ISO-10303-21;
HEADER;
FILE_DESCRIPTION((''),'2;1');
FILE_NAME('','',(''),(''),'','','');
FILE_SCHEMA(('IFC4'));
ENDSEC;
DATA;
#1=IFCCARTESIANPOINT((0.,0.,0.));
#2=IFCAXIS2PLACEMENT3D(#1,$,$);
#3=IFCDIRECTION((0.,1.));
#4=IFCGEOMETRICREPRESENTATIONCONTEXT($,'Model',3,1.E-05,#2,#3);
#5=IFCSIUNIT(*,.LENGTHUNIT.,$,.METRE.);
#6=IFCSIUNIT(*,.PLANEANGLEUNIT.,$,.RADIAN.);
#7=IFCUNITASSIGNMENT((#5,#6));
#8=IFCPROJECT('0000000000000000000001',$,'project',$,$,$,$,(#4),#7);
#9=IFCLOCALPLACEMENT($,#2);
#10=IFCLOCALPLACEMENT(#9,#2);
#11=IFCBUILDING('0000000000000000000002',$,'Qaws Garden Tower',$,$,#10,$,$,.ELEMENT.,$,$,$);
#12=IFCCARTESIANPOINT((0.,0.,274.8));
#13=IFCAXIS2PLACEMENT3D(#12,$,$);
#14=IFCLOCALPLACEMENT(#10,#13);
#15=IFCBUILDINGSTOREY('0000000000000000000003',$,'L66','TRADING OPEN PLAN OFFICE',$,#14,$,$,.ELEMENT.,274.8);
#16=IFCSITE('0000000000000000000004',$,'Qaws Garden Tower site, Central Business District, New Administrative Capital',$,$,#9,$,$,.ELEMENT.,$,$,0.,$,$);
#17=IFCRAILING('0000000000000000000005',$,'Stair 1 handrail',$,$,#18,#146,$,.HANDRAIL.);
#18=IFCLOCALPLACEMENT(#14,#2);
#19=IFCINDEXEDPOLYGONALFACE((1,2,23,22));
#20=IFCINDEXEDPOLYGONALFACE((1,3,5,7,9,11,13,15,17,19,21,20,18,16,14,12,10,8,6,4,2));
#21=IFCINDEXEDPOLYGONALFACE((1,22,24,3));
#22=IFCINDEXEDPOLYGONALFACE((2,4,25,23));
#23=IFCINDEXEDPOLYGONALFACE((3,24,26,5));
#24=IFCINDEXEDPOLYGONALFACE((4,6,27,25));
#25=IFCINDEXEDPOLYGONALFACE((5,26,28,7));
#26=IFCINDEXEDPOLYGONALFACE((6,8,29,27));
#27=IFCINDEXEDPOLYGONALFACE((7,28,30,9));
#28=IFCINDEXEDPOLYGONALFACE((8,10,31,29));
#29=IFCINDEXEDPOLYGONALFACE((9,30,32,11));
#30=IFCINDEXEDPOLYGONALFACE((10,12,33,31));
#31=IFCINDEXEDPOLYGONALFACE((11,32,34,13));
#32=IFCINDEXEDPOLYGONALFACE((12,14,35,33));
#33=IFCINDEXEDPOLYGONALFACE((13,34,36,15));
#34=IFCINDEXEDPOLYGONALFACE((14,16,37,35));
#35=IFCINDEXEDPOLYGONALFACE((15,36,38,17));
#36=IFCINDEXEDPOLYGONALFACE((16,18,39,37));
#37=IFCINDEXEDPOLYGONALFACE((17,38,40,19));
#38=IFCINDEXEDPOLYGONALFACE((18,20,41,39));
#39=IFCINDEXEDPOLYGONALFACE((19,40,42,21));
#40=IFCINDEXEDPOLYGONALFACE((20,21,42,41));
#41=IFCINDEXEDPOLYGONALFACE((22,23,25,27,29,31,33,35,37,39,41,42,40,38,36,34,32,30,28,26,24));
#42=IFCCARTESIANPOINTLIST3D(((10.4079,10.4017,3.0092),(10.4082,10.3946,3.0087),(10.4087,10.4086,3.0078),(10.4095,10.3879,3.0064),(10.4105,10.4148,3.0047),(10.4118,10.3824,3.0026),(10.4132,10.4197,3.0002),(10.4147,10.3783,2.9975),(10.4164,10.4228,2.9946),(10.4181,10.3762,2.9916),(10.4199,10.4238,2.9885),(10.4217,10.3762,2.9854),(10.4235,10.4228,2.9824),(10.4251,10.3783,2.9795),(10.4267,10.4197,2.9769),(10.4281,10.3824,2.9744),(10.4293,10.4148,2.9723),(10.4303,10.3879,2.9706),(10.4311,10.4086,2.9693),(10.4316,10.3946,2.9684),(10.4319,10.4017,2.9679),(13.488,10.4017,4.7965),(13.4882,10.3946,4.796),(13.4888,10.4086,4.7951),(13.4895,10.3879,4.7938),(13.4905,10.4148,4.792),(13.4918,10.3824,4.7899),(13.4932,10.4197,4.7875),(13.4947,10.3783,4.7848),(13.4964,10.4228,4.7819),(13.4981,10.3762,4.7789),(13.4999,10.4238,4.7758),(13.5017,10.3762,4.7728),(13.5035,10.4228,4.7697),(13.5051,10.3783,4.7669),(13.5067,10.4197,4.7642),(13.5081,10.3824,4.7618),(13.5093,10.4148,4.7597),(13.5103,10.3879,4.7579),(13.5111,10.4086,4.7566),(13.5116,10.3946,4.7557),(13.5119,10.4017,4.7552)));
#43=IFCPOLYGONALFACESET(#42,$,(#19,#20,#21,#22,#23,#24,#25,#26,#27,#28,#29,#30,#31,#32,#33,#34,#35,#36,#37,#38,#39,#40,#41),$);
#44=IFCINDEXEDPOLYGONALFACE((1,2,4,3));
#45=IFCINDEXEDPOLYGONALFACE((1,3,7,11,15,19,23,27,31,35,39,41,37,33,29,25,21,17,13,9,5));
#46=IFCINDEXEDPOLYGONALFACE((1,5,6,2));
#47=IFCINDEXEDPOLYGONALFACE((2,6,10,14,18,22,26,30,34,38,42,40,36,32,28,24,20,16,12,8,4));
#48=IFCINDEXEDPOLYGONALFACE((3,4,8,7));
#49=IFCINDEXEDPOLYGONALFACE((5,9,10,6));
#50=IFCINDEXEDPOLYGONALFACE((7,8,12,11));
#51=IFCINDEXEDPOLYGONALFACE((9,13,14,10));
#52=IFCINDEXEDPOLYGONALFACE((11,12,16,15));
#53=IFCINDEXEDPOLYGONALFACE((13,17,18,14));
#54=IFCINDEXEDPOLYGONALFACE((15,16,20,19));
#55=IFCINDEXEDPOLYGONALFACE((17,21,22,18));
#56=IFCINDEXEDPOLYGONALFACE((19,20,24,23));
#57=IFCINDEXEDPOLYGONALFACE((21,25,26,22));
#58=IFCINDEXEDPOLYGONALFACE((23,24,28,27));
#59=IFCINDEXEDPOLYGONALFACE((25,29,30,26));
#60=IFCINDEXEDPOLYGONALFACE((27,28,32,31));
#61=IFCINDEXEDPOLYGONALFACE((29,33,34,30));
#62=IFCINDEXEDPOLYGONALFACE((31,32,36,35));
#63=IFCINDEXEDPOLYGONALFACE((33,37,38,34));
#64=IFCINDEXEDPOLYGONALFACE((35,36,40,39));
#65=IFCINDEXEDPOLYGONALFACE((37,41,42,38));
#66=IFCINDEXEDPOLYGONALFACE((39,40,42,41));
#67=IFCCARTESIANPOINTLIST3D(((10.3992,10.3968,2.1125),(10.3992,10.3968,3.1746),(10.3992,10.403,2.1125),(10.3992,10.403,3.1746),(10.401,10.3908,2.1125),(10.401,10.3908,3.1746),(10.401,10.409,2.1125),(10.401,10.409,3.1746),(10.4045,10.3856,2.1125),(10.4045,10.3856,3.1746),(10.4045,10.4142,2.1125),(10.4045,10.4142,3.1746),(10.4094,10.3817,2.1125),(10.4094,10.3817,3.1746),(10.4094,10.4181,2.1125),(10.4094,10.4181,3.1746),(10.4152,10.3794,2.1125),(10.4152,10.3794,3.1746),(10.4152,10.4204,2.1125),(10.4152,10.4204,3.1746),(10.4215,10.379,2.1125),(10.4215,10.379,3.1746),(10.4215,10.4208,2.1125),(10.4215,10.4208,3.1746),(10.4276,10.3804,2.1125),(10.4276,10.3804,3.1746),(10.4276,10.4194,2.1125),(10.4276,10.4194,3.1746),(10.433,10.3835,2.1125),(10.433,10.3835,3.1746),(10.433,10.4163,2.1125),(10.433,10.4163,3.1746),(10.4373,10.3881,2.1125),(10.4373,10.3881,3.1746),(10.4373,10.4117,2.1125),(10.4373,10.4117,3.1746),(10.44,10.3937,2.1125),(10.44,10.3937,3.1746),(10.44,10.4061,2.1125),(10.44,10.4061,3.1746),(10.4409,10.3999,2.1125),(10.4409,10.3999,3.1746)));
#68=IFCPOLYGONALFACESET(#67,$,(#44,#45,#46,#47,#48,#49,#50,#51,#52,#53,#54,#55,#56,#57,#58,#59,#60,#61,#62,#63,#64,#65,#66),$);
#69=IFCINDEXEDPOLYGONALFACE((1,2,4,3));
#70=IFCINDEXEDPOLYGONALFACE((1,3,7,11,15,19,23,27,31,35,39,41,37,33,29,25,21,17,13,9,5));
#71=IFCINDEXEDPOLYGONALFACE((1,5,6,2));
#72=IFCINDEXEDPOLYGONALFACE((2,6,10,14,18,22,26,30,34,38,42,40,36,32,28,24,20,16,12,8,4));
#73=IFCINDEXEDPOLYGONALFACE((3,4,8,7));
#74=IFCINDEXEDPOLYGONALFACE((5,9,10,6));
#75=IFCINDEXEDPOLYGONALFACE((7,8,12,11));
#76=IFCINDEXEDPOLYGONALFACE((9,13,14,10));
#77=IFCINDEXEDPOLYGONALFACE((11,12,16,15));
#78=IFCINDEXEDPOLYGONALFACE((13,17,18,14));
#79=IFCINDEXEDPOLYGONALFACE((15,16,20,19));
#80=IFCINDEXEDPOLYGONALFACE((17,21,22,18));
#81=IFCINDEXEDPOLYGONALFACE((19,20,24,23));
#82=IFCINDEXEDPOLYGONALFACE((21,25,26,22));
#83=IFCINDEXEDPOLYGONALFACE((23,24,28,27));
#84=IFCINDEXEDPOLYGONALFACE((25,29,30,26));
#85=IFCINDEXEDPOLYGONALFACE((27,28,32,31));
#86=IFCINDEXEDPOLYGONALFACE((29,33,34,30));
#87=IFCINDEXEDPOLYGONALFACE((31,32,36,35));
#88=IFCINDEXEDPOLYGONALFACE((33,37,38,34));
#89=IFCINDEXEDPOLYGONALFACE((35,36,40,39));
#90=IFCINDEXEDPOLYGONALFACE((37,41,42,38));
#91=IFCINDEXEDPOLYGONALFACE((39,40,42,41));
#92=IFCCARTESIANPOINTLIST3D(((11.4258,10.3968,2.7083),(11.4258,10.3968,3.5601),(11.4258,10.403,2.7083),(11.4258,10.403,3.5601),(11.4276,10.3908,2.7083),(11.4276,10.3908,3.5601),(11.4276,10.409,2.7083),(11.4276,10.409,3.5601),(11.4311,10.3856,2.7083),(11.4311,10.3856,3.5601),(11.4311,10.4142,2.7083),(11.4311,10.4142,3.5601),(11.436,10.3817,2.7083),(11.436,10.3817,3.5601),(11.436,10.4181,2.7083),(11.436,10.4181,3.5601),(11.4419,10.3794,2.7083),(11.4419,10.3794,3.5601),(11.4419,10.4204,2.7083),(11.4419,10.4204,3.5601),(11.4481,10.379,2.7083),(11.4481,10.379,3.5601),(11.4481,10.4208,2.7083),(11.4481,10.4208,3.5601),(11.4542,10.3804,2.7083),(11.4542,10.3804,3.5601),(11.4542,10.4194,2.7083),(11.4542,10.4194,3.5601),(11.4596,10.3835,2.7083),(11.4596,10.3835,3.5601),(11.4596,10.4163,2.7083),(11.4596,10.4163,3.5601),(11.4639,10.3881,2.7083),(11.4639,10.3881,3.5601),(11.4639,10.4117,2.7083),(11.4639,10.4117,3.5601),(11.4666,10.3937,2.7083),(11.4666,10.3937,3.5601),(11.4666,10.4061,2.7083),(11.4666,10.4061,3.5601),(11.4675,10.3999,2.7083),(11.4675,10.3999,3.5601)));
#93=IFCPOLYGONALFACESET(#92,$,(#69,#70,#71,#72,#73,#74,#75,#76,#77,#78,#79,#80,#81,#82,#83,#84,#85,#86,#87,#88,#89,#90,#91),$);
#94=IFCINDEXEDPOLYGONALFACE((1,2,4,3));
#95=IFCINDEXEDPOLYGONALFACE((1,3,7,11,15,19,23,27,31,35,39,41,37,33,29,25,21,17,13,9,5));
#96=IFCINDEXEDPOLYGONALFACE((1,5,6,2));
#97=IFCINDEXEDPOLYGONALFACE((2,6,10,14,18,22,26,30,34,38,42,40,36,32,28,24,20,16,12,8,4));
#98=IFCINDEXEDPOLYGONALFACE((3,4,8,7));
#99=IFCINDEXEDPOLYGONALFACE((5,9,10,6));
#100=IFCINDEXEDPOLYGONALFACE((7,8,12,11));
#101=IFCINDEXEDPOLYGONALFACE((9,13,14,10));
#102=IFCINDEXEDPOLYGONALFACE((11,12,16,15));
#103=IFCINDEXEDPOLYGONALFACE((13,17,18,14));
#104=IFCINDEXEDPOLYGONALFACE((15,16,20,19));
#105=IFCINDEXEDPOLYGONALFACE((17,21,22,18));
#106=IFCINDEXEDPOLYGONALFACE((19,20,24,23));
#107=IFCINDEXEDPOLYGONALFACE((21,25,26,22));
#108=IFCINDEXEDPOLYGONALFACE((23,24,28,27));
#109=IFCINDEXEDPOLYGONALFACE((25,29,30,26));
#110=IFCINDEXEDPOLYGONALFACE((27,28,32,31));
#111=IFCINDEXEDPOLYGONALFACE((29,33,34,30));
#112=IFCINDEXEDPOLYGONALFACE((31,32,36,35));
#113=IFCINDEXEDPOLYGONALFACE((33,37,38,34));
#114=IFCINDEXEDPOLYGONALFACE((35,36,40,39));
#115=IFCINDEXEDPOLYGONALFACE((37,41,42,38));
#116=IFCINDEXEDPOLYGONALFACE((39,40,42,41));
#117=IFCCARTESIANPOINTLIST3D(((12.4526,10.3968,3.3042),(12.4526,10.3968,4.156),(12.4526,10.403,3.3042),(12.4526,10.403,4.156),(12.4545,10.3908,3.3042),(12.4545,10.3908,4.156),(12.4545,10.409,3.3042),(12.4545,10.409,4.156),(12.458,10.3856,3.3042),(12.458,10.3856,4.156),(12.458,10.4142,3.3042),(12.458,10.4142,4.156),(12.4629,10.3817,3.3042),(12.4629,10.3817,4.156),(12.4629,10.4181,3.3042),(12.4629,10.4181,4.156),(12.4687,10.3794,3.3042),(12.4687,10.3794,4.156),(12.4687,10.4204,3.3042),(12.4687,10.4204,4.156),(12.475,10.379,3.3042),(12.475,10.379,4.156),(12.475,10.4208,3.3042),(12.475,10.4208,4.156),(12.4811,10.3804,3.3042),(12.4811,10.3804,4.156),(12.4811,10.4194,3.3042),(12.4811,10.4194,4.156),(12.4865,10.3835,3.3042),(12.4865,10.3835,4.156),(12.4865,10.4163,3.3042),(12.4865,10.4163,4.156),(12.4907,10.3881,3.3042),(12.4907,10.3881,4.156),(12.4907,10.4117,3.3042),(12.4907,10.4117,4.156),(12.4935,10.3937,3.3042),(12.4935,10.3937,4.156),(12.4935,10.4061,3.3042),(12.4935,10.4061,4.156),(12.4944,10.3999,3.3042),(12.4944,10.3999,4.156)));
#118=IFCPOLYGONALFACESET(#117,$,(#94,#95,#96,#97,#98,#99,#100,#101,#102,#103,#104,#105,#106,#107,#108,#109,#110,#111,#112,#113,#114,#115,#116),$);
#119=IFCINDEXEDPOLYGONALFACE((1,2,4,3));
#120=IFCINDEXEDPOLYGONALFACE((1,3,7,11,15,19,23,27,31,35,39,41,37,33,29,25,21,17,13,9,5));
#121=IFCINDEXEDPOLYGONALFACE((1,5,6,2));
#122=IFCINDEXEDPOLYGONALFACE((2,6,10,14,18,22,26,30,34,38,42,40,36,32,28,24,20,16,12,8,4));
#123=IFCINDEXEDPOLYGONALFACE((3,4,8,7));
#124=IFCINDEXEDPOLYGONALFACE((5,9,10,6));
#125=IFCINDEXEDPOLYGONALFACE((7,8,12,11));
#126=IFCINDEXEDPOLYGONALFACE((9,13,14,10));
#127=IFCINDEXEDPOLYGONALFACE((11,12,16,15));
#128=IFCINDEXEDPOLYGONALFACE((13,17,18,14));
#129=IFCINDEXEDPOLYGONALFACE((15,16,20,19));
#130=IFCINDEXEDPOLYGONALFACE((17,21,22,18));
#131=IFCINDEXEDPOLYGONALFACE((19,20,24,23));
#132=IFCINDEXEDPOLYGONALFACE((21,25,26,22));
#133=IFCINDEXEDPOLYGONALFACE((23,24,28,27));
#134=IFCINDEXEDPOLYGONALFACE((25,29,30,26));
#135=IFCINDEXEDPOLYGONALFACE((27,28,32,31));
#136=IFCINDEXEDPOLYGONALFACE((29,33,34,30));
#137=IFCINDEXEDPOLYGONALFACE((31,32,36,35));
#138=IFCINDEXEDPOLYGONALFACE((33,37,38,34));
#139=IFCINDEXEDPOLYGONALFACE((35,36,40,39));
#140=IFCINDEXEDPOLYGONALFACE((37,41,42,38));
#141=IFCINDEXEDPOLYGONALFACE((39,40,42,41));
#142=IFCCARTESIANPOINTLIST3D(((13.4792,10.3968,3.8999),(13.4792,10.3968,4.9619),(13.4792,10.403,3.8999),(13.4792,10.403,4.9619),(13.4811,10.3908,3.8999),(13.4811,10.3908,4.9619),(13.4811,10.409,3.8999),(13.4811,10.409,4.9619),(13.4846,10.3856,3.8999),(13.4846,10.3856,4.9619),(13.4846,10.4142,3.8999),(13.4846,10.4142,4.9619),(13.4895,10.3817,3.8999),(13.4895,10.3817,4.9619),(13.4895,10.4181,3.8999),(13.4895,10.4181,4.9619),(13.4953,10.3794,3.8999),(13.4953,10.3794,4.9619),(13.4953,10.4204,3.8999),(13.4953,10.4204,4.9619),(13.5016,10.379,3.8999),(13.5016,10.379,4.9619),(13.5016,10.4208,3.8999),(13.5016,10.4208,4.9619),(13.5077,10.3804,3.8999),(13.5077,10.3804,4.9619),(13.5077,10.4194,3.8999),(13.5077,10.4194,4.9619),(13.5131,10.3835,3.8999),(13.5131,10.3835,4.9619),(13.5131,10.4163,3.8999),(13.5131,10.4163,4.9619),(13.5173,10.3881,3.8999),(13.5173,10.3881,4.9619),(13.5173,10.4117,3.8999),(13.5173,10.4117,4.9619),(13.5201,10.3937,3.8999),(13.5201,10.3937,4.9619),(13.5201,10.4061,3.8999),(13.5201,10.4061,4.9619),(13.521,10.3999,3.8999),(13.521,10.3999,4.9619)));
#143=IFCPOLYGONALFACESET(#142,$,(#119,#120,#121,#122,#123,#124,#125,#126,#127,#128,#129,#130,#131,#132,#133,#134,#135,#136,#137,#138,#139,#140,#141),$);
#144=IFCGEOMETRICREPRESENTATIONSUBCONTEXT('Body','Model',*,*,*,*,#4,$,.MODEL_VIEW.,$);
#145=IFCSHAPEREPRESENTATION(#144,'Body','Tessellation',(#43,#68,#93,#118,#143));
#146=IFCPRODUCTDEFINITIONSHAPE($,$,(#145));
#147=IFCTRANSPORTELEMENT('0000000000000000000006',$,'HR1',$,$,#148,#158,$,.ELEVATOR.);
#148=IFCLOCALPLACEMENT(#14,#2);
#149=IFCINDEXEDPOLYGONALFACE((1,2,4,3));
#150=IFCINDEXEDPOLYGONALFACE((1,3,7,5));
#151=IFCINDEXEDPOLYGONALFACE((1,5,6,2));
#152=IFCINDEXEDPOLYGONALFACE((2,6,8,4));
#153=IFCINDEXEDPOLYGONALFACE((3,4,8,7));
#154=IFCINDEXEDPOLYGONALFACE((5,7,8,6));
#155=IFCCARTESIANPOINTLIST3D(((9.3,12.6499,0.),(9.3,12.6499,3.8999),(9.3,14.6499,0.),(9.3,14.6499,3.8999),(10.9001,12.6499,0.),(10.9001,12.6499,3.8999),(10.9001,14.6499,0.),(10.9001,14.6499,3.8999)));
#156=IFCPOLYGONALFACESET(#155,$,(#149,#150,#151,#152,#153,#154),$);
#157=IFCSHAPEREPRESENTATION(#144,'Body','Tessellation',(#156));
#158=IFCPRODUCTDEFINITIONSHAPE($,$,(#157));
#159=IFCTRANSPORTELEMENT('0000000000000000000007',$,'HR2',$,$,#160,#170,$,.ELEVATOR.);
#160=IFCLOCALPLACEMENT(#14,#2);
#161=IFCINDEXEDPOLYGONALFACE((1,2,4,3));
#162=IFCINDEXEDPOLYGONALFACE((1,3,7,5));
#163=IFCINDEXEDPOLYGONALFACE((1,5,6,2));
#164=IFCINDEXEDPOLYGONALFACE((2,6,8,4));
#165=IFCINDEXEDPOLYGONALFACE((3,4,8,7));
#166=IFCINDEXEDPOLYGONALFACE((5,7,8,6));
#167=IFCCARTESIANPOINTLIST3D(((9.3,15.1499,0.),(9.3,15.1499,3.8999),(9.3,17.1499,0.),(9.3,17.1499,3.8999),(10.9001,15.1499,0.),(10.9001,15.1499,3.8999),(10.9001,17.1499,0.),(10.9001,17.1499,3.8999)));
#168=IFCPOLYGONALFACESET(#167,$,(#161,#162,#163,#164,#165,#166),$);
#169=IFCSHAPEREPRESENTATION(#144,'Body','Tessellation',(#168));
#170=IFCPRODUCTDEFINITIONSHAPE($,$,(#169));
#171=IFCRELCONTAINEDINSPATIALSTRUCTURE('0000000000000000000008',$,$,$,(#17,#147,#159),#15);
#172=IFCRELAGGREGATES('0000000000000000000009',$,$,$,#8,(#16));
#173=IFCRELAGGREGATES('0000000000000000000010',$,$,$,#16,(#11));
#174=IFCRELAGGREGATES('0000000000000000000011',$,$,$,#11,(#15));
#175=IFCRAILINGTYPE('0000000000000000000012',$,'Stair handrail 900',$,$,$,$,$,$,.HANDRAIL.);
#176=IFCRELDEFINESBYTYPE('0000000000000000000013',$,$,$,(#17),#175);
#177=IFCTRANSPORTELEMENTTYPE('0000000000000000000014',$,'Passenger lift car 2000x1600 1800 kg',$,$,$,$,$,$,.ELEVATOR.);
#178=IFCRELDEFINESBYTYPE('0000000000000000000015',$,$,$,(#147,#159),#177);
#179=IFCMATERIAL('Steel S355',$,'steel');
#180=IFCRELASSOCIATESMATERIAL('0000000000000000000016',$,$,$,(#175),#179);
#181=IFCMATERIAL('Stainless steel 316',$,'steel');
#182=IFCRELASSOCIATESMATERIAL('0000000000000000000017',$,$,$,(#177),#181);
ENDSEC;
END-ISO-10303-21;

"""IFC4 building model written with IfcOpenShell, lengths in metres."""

from ifc_helpers import new_model, si_unit, direction, frame, origin, origin_2d, place, context, subcontext, project, spatial, rectangle, circle, extrude, material, type_object, element, save


model = new_model("IFC4")

# Units and contexts
model_context = context("Model", 3, precision=1e-05, world=origin(), true_north=direction((0.0, 1.0)))
body_context = subcontext(model_context, "Body", "Model", "MODEL_VIEW")
ifc_project = project(units=[si_unit("LENGTHUNIT", "METRE"), si_unit("PLANEANGLEUNIT", "RADIAN")], contexts=[model_context])

# Site, building, storey
site_placement = place(None, origin())
site = spatial("IfcSite", under=ifc_project, at=site_placement, Name="Qaws Garden Tower site, Central Business District, New Administrative Capital", CompositionType="ELEMENT", RefElevation=0.0)
building_placement = place(site_placement, origin())
building = spatial("IfcBuilding", under=site, at=building_placement, Name="Qaws Garden Tower", CompositionType="ELEMENT")
storey_placement = place(building_placement, frame((0.0, 0.0, 274.8)))
storey = spatial("IfcBuildingStorey", under=building, at=storey_placement, Name="L66", Description="TRADING OPEN PLAN OFFICE", CompositionType="ELEMENT", Elevation=274.8)

# Railing
ifc_material_1 = material(Name="Steel S355", Category="steel")
railing_type = type_object("IfcRailingType", Name="Stair handrail 900", PredefinedType="HANDRAIL", material=ifc_material_1)
railing_1_placement = place(storey_placement, frame((10.4199, 10.3999, 2.1125)))
element("IfcRailing", 1, at=railing_1_placement, inside=storey, type_object=railing_type, Name="Stair 1 handrail", PredefinedType="HANDRAIL", context=body_context, shape_type="SweptSolid", body=[
    extrude(circle(Radius=0.0239, at=origin_2d()), frame((0.0, 0.0, 0.876), z_axis=(0.86492, 0.0, 0.501909), x_axis=(0.0, 1.0, 0.0)), (0.0, 0.0, 1.0), 3.561),
    extrude(circle(Radius=0.021, at=origin_2d()), origin(), (0.0, 0.0, 1.0), 1.062),
    extrude(circle(Radius=0.021, at=origin_2d()), frame((1.0266, 0.0, 0.5957)), (0.0, 0.0, 1.0), 0.8518),
    extrude(circle(Radius=0.021, at=origin_2d()), frame((2.0535, 0.0, 1.1917)), (0.0, 0.0, 1.0), 0.8518),
    extrude(circle(Radius=0.021, at=origin_2d()), frame((3.0801, 0.0, 1.7874)), (0.0, 0.0, 1.0), 1.062),
])

# Transport elements
ifc_material_2 = material(Name="Stainless steel 316", Category="steel")
transport_element_type = type_object("IfcTransportElementType", Name="Passenger lift car 2000x1600 1800 kg", PredefinedType="ELEVATOR", material=ifc_material_2)
for number, where, z_axis, x_axis, name in (
    (2, (10.1001, 13.6499, 0.0), (0.0, 0.0, 1.0), (1.0, 0.0, 0.0), "HR1"),
    (3, (10.1001, 16.1499, 0.0), (0.0, 0.0, 1.0), (1.0, 0.0, 0.0), "HR2"),
):
    element("IfcTransportElement", number, at=place(storey_placement, frame(where, z_axis=z_axis, x_axis=x_axis)), inside=storey, type_object=transport_element_type, Name=name, PredefinedType="ELEVATOR", context=body_context, shape_type="SweptSolid", body=[
        extrude(rectangle(XDim=1.6001, YDim=2.0, at=origin_2d()), origin(), (0.0, 0.0, 1.0), 3.8999),
    ])

save(model, "model.ifc")
